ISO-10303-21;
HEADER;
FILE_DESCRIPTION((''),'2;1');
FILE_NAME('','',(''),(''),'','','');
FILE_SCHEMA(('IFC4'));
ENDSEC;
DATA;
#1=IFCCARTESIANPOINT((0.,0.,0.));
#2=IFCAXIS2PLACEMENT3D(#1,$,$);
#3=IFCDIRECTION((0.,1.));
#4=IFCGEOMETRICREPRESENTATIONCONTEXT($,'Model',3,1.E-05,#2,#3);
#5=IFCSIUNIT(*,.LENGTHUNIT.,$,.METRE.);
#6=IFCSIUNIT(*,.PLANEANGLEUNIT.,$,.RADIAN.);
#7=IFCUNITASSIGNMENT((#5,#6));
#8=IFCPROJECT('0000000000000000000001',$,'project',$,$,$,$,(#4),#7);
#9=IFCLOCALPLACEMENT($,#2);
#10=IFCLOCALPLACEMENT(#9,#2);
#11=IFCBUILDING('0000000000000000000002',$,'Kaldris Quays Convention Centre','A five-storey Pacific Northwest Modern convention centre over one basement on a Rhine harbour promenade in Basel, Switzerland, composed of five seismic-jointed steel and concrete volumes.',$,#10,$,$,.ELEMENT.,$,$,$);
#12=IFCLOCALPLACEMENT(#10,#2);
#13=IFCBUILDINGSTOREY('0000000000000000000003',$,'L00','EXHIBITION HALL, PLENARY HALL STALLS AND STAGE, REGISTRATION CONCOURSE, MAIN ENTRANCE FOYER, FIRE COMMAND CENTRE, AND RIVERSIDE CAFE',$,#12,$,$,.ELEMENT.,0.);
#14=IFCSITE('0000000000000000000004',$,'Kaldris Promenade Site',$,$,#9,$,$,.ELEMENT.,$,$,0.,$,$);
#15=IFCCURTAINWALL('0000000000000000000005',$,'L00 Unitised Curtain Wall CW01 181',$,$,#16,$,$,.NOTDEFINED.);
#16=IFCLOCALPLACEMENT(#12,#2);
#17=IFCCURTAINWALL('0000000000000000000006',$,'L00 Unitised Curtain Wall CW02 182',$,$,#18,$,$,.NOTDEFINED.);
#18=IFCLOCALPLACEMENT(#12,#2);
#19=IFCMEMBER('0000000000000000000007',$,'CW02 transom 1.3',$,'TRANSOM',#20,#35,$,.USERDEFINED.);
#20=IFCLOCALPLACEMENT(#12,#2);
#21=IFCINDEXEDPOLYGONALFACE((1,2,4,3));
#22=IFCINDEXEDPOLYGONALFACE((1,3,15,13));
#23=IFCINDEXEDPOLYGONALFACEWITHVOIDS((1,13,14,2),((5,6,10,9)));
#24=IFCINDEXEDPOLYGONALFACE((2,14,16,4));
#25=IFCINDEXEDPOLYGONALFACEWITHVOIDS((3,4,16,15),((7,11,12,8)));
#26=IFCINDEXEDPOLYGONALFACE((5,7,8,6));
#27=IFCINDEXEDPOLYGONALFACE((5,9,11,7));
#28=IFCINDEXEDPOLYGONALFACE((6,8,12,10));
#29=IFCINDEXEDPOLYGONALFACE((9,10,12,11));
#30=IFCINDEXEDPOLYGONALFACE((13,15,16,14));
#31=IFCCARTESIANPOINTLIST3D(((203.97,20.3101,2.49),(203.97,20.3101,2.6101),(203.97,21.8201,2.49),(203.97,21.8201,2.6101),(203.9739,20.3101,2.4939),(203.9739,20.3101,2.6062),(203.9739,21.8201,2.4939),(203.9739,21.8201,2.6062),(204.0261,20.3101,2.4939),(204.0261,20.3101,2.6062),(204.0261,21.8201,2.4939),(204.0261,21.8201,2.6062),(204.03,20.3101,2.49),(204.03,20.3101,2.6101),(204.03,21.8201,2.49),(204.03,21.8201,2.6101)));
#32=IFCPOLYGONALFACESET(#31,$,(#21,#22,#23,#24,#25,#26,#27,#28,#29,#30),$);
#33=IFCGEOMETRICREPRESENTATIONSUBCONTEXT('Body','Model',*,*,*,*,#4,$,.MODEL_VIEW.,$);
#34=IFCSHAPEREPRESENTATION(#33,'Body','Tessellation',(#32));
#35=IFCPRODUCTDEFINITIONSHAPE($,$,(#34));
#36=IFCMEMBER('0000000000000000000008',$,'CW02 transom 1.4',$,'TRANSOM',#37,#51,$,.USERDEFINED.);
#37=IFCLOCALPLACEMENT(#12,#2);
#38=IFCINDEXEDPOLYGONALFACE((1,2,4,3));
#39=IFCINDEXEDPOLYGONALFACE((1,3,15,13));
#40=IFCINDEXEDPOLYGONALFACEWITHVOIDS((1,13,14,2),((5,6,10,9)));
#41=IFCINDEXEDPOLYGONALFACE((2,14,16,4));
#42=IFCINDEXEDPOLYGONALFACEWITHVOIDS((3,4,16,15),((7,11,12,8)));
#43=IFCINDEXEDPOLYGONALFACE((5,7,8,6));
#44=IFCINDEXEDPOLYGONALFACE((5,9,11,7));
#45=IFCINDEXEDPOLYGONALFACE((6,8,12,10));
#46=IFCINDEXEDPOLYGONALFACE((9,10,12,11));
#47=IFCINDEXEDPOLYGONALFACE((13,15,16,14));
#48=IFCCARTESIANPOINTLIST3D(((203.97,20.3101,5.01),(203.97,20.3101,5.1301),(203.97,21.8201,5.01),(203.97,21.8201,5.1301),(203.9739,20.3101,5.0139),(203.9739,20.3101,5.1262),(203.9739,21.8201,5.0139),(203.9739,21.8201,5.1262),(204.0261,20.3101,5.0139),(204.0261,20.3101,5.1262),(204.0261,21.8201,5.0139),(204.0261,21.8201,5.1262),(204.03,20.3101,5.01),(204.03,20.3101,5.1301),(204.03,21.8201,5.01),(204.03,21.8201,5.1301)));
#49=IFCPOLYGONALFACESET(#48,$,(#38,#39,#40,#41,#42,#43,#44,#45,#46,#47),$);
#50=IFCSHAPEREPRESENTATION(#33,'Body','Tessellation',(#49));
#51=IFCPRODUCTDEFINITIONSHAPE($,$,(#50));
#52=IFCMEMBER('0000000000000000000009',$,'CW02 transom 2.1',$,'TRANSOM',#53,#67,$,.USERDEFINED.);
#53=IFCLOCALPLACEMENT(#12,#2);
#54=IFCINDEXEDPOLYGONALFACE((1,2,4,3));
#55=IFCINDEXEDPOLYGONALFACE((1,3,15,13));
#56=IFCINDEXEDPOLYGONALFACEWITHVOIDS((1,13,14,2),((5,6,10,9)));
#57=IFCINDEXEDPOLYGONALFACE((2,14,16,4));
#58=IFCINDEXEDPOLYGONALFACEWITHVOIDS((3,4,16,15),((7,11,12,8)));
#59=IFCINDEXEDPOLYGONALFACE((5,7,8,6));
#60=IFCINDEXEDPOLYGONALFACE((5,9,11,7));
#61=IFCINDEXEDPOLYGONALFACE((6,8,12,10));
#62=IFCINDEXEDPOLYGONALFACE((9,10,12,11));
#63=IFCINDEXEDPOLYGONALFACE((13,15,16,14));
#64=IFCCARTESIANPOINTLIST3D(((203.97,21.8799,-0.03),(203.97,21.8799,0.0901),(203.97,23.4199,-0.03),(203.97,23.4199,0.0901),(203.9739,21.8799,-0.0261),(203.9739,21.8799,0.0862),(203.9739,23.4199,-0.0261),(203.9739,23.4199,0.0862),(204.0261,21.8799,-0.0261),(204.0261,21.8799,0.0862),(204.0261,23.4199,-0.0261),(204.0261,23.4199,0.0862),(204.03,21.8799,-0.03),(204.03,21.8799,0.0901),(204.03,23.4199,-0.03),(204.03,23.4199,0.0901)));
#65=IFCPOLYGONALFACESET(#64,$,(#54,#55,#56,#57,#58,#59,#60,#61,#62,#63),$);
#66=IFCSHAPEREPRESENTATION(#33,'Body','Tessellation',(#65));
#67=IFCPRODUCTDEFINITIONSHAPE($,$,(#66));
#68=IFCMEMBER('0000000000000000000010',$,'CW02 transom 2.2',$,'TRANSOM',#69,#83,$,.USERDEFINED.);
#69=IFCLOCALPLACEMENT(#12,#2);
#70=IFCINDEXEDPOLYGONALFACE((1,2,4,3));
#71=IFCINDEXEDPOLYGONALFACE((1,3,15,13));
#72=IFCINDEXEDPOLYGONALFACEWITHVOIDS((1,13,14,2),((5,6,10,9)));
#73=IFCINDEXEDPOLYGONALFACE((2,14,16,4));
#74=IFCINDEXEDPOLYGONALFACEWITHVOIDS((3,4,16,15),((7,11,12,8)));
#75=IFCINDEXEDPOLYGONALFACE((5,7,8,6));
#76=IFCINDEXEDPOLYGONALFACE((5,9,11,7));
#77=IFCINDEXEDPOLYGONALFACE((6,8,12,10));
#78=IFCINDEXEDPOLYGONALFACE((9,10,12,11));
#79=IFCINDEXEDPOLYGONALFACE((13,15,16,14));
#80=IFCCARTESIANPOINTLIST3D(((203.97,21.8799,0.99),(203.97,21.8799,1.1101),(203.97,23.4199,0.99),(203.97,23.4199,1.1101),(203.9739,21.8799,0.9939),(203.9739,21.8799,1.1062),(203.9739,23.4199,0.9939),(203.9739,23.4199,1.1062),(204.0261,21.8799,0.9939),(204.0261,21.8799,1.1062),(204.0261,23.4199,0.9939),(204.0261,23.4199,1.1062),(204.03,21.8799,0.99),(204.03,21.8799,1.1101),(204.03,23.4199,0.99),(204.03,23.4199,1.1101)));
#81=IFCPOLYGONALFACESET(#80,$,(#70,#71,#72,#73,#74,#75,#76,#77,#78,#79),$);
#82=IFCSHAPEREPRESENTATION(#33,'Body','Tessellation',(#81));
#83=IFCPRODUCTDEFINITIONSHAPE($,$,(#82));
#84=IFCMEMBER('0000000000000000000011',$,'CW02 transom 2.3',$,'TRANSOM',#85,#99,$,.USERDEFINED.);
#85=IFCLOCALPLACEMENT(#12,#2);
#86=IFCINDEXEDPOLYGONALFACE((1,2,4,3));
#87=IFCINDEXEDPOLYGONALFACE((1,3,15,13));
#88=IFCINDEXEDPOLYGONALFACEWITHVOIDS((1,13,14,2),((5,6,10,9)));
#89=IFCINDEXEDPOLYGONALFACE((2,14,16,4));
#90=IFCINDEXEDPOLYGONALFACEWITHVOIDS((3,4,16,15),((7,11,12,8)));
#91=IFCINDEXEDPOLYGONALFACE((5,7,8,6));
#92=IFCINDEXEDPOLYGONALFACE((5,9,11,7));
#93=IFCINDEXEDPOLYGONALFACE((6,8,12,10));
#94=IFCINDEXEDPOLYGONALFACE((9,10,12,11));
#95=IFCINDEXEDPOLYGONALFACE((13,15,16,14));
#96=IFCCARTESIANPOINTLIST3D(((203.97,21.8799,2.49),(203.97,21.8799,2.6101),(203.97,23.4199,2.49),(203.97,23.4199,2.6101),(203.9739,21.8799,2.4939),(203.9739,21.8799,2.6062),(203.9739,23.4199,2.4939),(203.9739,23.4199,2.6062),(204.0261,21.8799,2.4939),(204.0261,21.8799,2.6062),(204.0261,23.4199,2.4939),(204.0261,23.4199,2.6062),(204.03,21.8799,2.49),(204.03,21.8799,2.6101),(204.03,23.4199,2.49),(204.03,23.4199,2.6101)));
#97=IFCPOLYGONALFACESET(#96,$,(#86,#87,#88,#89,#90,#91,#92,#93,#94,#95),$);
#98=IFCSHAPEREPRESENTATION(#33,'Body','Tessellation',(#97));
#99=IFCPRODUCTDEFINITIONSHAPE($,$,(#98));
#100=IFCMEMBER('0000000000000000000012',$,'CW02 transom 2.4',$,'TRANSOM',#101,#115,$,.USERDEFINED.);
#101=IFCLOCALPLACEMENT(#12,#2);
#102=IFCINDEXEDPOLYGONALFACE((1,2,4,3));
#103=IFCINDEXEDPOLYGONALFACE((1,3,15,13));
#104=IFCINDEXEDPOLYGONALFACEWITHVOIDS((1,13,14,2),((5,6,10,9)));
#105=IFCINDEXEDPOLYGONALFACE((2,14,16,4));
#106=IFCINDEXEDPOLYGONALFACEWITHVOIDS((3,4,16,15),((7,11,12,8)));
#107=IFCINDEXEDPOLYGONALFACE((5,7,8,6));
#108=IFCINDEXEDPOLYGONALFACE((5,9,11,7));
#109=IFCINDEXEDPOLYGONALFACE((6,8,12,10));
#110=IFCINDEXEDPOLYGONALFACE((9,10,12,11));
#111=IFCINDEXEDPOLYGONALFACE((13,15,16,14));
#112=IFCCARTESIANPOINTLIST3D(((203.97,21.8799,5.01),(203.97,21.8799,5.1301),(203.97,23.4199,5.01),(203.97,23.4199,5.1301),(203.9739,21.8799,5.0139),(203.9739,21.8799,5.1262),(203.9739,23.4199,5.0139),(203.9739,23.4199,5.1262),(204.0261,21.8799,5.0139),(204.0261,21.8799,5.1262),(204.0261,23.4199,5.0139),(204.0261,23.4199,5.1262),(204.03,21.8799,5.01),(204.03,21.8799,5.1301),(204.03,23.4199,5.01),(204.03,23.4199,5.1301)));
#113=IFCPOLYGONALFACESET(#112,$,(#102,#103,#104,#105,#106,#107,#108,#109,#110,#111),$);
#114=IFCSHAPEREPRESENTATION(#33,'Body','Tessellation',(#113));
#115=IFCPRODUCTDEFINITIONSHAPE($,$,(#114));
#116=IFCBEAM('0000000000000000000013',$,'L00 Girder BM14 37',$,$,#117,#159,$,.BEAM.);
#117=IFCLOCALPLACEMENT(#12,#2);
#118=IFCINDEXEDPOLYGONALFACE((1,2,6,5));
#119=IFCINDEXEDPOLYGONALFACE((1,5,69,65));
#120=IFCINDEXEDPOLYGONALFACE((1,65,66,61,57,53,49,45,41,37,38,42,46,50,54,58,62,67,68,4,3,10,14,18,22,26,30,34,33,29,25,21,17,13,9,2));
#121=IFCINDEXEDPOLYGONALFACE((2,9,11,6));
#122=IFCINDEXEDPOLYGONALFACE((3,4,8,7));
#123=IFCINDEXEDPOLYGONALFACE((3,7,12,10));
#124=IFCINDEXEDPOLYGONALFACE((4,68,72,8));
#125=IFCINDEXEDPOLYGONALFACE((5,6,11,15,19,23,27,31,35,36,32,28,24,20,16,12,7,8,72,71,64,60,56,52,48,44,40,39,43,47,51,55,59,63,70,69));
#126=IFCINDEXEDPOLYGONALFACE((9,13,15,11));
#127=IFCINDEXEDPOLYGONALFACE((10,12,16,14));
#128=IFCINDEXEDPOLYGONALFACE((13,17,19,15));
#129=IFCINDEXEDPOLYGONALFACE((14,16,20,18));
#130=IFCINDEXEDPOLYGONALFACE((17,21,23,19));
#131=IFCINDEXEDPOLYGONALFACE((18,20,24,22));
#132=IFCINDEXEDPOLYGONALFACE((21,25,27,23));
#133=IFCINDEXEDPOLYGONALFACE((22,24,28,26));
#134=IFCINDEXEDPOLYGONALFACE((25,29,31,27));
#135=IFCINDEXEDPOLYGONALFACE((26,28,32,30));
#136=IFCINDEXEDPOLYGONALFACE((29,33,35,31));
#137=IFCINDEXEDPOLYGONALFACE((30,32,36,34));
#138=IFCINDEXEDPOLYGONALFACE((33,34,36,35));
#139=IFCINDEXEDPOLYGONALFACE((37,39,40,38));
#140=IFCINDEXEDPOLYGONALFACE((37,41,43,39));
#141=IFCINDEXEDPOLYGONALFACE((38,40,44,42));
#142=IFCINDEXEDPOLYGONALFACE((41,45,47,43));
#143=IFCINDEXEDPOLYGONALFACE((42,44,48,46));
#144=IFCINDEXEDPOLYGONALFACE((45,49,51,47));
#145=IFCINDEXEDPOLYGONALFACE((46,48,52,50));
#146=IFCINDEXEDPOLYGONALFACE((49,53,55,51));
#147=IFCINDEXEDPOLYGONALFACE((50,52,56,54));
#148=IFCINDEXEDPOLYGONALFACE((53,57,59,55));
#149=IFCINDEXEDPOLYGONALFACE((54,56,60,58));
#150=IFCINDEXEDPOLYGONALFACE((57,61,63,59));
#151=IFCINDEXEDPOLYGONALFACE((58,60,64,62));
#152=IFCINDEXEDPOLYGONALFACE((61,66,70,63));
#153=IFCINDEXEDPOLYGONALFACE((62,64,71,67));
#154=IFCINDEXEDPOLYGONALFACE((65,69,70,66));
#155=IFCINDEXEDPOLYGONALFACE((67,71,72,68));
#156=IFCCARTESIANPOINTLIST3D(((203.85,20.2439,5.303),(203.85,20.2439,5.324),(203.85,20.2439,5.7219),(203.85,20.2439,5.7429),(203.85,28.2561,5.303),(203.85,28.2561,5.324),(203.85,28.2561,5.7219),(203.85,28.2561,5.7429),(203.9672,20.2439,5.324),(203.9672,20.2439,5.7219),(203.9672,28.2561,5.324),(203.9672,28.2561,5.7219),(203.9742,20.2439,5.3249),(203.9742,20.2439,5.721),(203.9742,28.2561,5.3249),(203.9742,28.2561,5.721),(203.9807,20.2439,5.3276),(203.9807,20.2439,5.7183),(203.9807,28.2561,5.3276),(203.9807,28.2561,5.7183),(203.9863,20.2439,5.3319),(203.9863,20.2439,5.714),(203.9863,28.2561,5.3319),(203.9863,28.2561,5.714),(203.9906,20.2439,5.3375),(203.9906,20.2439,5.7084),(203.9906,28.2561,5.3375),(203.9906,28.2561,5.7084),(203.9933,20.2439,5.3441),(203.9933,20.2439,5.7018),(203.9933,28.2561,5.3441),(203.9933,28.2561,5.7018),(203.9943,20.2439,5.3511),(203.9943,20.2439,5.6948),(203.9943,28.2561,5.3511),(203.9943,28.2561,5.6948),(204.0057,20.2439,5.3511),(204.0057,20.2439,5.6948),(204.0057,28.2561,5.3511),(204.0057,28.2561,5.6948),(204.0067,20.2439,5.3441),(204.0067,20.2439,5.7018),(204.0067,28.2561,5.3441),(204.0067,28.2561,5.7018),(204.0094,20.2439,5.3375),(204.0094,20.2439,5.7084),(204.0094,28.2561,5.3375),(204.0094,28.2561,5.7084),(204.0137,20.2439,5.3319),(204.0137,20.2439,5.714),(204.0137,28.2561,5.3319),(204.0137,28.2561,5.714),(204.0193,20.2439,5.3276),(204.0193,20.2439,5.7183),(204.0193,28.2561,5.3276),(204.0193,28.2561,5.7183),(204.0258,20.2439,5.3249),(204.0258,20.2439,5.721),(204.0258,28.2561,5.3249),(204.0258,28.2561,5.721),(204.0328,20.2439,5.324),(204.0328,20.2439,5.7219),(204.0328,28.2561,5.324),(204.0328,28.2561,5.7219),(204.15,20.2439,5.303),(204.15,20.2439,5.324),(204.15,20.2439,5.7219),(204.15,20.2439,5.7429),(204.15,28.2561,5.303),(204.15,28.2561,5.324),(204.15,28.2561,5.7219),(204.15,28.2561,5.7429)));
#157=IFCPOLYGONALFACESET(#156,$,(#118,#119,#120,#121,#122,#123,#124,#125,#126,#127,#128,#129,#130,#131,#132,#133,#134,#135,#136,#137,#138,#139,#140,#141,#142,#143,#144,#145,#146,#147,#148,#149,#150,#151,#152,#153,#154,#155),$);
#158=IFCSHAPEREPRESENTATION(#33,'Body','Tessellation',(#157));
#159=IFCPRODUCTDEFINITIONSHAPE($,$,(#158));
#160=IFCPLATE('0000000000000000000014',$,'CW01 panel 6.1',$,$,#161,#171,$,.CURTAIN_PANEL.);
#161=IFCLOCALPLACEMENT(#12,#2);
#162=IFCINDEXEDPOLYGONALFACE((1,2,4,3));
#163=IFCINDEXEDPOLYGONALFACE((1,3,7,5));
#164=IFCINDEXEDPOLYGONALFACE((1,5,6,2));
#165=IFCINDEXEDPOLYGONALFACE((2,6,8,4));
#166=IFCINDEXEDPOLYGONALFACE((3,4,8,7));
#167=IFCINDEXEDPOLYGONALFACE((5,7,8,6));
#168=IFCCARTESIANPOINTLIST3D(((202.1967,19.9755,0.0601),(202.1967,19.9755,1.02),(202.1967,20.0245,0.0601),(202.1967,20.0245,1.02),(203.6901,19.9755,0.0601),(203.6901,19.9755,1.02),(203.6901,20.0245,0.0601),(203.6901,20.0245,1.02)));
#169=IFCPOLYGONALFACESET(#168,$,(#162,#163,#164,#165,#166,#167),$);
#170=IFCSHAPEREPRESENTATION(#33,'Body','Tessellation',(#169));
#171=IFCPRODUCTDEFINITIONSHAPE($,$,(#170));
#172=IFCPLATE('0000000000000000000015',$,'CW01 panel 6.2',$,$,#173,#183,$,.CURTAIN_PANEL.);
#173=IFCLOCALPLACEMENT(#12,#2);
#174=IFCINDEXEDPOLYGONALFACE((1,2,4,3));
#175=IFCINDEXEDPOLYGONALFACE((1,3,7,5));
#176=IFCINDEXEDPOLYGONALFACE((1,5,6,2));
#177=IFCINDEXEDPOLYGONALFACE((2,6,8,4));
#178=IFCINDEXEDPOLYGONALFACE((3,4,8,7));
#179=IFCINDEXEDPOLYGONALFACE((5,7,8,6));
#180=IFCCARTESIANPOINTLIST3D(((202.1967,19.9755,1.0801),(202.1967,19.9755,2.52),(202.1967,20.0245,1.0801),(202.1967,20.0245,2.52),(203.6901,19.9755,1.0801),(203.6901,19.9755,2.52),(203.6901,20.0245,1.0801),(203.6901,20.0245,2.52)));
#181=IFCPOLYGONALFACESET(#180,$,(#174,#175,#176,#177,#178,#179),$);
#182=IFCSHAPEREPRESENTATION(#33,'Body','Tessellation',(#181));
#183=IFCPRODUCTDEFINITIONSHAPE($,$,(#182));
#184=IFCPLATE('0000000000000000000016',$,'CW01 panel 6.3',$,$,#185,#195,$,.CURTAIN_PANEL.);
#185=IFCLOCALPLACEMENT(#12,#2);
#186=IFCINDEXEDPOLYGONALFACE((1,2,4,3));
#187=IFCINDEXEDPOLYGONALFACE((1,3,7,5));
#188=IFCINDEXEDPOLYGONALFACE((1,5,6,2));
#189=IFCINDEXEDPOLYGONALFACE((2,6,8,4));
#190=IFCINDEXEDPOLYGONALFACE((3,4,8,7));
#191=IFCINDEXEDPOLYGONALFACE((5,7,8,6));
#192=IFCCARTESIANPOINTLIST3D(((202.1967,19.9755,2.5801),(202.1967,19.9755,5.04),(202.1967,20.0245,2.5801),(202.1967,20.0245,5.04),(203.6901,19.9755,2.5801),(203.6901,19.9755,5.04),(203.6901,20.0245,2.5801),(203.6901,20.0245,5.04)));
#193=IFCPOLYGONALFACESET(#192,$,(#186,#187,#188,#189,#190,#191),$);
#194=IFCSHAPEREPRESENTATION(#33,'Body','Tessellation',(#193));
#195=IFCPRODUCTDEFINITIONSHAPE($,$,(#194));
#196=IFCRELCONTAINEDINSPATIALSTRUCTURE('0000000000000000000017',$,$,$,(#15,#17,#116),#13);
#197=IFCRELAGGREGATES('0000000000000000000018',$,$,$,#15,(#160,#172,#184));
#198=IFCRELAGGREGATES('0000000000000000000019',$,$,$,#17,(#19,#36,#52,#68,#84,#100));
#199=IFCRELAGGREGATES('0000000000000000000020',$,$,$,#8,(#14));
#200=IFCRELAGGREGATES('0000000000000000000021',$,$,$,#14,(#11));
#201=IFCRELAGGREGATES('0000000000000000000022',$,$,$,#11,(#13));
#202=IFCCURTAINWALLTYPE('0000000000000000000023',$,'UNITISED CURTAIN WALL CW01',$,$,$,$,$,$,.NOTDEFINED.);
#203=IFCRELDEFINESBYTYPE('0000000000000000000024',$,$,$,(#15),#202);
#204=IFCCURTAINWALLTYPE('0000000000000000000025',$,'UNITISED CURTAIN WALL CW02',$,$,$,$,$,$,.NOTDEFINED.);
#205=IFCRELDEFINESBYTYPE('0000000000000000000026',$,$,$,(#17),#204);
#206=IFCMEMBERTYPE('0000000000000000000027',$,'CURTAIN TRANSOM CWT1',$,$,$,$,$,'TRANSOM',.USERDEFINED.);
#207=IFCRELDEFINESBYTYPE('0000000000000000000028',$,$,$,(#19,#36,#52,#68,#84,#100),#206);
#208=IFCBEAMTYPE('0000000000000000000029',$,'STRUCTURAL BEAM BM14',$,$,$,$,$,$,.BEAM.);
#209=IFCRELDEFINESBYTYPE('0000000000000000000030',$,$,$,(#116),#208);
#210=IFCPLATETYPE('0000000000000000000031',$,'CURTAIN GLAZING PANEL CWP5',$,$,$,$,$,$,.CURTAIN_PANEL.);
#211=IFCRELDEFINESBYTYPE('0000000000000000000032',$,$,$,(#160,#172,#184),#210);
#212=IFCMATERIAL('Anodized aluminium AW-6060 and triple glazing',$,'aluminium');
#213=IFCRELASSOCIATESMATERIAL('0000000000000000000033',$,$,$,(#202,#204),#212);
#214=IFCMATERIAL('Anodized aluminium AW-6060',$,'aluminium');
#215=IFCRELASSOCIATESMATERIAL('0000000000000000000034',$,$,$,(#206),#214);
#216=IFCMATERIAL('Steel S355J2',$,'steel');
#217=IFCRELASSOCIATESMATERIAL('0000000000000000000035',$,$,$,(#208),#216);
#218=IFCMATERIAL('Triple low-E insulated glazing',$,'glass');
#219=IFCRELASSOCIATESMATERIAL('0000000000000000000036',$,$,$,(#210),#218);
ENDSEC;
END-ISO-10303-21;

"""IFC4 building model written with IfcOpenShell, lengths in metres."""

from ifc_helpers import new_model, si_unit, direction, frame, origin, origin_2d, place, context, subcontext, project, spatial, rectangle, hollow_rectangle, i_section, extrude, material, material_profile, profile_set, type_object, element, aggregate, save


model = new_model("IFC4")

# Units and contexts
model_context = context("Model", 3, precision=1e-05, world=origin(), true_north=direction((0.0, 1.0)))
body_context = subcontext(model_context, "Body", "Model", "MODEL_VIEW")
ifc_project = project(units=[si_unit("LENGTHUNIT", "METRE"), si_unit("PLANEANGLEUNIT", "RADIAN")], contexts=[model_context])

# Site, building, storey
site_placement = place(None, origin())
site = spatial("IfcSite", under=ifc_project, at=site_placement, Name="Kaldris Promenade Site", CompositionType="ELEMENT", RefElevation=0.0)
building_placement = place(site_placement, origin())
building = spatial("IfcBuilding", under=site, at=building_placement, Name="Kaldris Quays Convention Centre", Description="A five-storey Pacific Northwest Modern convention centre over one basement on a Rhine harbour promenade in Basel, Switzerland, composed of five seismic-jointed steel and concrete volumes.", CompositionType="ELEMENT")
storey_placement = place(building_placement, origin())
storey = spatial("IfcBuildingStorey", under=building, at=storey_placement, Name="L00", Description="EXHIBITION HALL, PLENARY HALL STALLS AND STAGE, REGISTRATION CONCOURSE, MAIN ENTRANCE FOYER, FIRE COMMAND CENTRE, AND RIVERSIDE CAFE", CompositionType="ELEMENT", Elevation=0.0)

# Shared definitions
ifc_material_1 = material(Name="Steel S355J2", Category="steel")

# Curtain wall
ifc_material_2 = material(Name="Anodized aluminium AW-6060 and triple glazing", Category="aluminium")
curtain_wall_type_1 = type_object("IfcCurtainWallType", Name="UNITISED CURTAIN WALL CW01", PredefinedType="NOTDEFINED", material=ifc_material_2)
curtain_wall_1_placement = place(storey_placement, origin())
curtain_wall_1 = element("IfcCurtainWall", 1, at=curtain_wall_1_placement, inside=storey, type_object=curtain_wall_type_1, Name="L00 Unitised Curtain Wall CW01 181", PredefinedType="NOTDEFINED")
ifc_material_3 = material(Name="Anodized aluminium AW-6060", Category="aluminium")

# Curtain wall
curtain_wall_type_2 = type_object("IfcCurtainWallType", Name="UNITISED CURTAIN WALL CW02", PredefinedType="NOTDEFINED", material=ifc_material_2)
curtain_wall_2_placement = place(storey_placement, origin())
curtain_wall_2 = element("IfcCurtainWall", 2, at=curtain_wall_2_placement, inside=storey, type_object=curtain_wall_type_2, Name="L00 Unitised Curtain Wall CW02 182", PredefinedType="NOTDEFINED")

# Members
ifc_material_profile_1 = material_profile(ifc_material_3, hollow_rectangle(XDim=0.0601, YDim=0.1201, WallThickness=0.0039, at=origin_2d()), Name="RHS 120x60x4")
ifc_profile_set_1 = profile_set([ifc_material_profile_1], Name="Anodized aluminium AW-6060")
member_type_1 = type_object("IfcMemberType", Name="CURTAIN TRANSOM CWT1", ElementType="TRANSOM", PredefinedType="USERDEFINED", material=ifc_profile_set_1)
member_1_placement = place(storey_placement, frame((204.0, 20.3101, 2.55), z_axis=(0.0, 1.0, 0.0), x_axis=(-1.0, 0.0, 0.0)))
member_1 = element("IfcMember", 3, at=member_1_placement, type_object=member_type_1, Name="CW02 transom 1.3", ObjectType="TRANSOM", PredefinedType="USERDEFINED", context=body_context, shape_type="SweptSolid", body=[
    extrude(hollow_rectangle(XDim=0.0601, YDim=0.1201, WallThickness=0.0039, at=origin_2d()), origin(), (0.0, 0.0, 1.0), 1.51),
])
member_2_placement = place(storey_placement, frame((204.0, 20.3101, 5.0701), z_axis=(0.0, 1.0, 0.0), x_axis=(-1.0, 0.0, 0.0)))
member_2 = element("IfcMember", 4, at=member_2_placement, type_object=member_type_1, Name="CW02 transom 1.4", ObjectType="TRANSOM", PredefinedType="USERDEFINED", context=body_context, shape_type="SweptSolid", body=[
    extrude(hollow_rectangle(XDim=0.0601, YDim=0.1201, WallThickness=0.0039, at=origin_2d()), origin(), (0.0, 0.0, 1.0), 1.51),
])
member_3_placement = place(storey_placement, frame((204.0, 21.8799, 0.03), z_axis=(0.0, 1.0, 0.0), x_axis=(-1.0, 0.0, 0.0)))
member_3 = element("IfcMember", 5, at=member_3_placement, type_object=member_type_1, Name="CW02 transom 2.1", ObjectType="TRANSOM", PredefinedType="USERDEFINED", context=body_context, shape_type="SweptSolid", body=[
    extrude(hollow_rectangle(XDim=0.0601, YDim=0.1201, WallThickness=0.0039, at=origin_2d()), origin(), (0.0, 0.0, 1.0), 1.54),
])
member_4_placement = place(storey_placement, frame((204.0, 21.8799, 1.05), z_axis=(0.0, 1.0, 0.0), x_axis=(-1.0, 0.0, 0.0)))
member_4 = element("IfcMember", 6, at=member_4_placement, type_object=member_type_1, Name="CW02 transom 2.2", ObjectType="TRANSOM", PredefinedType="USERDEFINED", context=body_context, shape_type="SweptSolid", body=[
    extrude(hollow_rectangle(XDim=0.0601, YDim=0.1201, WallThickness=0.0039, at=origin_2d()), origin(), (0.0, 0.0, 1.0), 1.54),
])
member_5_placement = place(storey_placement, frame((204.0, 21.8799, 2.55), z_axis=(0.0, 1.0, 0.0), x_axis=(-1.0, 0.0, 0.0)))
member_5 = element("IfcMember", 7, at=member_5_placement, type_object=member_type_1, Name="CW02 transom 2.3", ObjectType="TRANSOM", PredefinedType="USERDEFINED", context=body_context, shape_type="SweptSolid", body=[
    extrude(hollow_rectangle(XDim=0.0601, YDim=0.1201, WallThickness=0.0039, at=origin_2d()), origin(), (0.0, 0.0, 1.0), 1.54),
])
member_6_placement = place(storey_placement, frame((204.0, 21.8799, 5.0701), z_axis=(0.0, 1.0, 0.0), x_axis=(-1.0, 0.0, 0.0)))
member_6 = element("IfcMember", 8, at=member_6_placement, type_object=member_type_1, Name="CW02 transom 2.4", ObjectType="TRANSOM", PredefinedType="USERDEFINED", context=body_context, shape_type="SweptSolid", body=[
    extrude(hollow_rectangle(XDim=0.0601, YDim=0.1201, WallThickness=0.0039, at=origin_2d()), origin(), (0.0, 0.0, 1.0), 1.54),
])

# Beam
ifc_material_profile_2 = material_profile(ifc_material_1, i_section(OverallWidth=0.3, OverallDepth=0.4399, WebThickness=0.0115, FlangeThickness=0.021, FilletRadius=0.0271, at=origin_2d()), Name="HEA 450")
ifc_profile_set_2 = profile_set([ifc_material_profile_2], Name="Steel S355J2")
beam_type = type_object("IfcBeamType", Name="STRUCTURAL BEAM BM14", PredefinedType="BEAM", material=ifc_profile_set_2)
beam_placement = place(storey_placement, frame((204.0, 20.2439, 5.5229), z_axis=(0.0, 1.0, 0.0), x_axis=(-1.0, 0.0, 0.0)))
element("IfcBeam", 9, at=beam_placement, inside=storey, type_object=beam_type, Name="L00 Girder BM14 37", PredefinedType="BEAM", context=body_context, shape_type="SweptSolid", body=[
    extrude(i_section(OverallWidth=0.3, OverallDepth=0.4399, WebThickness=0.0115, FlangeThickness=0.021, FilletRadius=0.0271, at=origin_2d()), origin(), (0.0, 0.0, 1.0), 8.0122),
])

# Plates
ifc_material_4 = material(Name="Triple low-E insulated glazing", Category="glass")
plate_type_1 = type_object("IfcPlateType", Name="CURTAIN GLAZING PANEL CWP5", PredefinedType="CURTAIN_PANEL", material=ifc_material_4)
plate_1_placement = place(storey_placement, frame((202.9434, 20.0, 0.0601), z_axis=(0.0, 0.0, 1.0), x_axis=(1.0, 0.0, 0.0)))
plate_1 = element("IfcPlate", 10, at=plate_1_placement, type_object=plate_type_1, Name="CW01 panel 6.1", PredefinedType="CURTAIN_PANEL", context=body_context, shape_type="SweptSolid", body=[
    extrude(rectangle(XDim=1.4934, YDim=0.0491, at=origin_2d()), origin(), (0.0, 0.0, 1.0), 0.96),
])
plate_2_placement = place(storey_placement, frame((202.9434, 20.0, 1.0801), z_axis=(0.0, 0.0, 1.0), x_axis=(1.0, 0.0, 0.0)))
plate_2 = element("IfcPlate", 11, at=plate_2_placement, type_object=plate_type_1, Name="CW01 panel 6.2", PredefinedType="CURTAIN_PANEL", context=body_context, shape_type="SweptSolid", body=[
    extrude(rectangle(XDim=1.4934, YDim=0.0491, at=origin_2d()), origin(), (0.0, 0.0, 1.0), 1.4399),
])
plate_3_placement = place(storey_placement, frame((202.9434, 20.0, 2.5801), z_axis=(0.0, 0.0, 1.0), x_axis=(1.0, 0.0, 0.0)))
plate_3 = element("IfcPlate", 12, at=plate_3_placement, type_object=plate_type_1, Name="CW01 panel 6.3", PredefinedType="CURTAIN_PANEL", context=body_context, shape_type="SweptSolid", body=[
    extrude(rectangle(XDim=1.4934, YDim=0.0491, at=origin_2d()), origin(), (0.0, 0.0, 1.0), 2.46),
])
aggregate(curtain_wall_1, [plate_1, plate_2, plate_3])
aggregate(curtain_wall_2, [member_1, member_2, member_3, member_4, member_5, member_6])

save(model, "model.ifc")
